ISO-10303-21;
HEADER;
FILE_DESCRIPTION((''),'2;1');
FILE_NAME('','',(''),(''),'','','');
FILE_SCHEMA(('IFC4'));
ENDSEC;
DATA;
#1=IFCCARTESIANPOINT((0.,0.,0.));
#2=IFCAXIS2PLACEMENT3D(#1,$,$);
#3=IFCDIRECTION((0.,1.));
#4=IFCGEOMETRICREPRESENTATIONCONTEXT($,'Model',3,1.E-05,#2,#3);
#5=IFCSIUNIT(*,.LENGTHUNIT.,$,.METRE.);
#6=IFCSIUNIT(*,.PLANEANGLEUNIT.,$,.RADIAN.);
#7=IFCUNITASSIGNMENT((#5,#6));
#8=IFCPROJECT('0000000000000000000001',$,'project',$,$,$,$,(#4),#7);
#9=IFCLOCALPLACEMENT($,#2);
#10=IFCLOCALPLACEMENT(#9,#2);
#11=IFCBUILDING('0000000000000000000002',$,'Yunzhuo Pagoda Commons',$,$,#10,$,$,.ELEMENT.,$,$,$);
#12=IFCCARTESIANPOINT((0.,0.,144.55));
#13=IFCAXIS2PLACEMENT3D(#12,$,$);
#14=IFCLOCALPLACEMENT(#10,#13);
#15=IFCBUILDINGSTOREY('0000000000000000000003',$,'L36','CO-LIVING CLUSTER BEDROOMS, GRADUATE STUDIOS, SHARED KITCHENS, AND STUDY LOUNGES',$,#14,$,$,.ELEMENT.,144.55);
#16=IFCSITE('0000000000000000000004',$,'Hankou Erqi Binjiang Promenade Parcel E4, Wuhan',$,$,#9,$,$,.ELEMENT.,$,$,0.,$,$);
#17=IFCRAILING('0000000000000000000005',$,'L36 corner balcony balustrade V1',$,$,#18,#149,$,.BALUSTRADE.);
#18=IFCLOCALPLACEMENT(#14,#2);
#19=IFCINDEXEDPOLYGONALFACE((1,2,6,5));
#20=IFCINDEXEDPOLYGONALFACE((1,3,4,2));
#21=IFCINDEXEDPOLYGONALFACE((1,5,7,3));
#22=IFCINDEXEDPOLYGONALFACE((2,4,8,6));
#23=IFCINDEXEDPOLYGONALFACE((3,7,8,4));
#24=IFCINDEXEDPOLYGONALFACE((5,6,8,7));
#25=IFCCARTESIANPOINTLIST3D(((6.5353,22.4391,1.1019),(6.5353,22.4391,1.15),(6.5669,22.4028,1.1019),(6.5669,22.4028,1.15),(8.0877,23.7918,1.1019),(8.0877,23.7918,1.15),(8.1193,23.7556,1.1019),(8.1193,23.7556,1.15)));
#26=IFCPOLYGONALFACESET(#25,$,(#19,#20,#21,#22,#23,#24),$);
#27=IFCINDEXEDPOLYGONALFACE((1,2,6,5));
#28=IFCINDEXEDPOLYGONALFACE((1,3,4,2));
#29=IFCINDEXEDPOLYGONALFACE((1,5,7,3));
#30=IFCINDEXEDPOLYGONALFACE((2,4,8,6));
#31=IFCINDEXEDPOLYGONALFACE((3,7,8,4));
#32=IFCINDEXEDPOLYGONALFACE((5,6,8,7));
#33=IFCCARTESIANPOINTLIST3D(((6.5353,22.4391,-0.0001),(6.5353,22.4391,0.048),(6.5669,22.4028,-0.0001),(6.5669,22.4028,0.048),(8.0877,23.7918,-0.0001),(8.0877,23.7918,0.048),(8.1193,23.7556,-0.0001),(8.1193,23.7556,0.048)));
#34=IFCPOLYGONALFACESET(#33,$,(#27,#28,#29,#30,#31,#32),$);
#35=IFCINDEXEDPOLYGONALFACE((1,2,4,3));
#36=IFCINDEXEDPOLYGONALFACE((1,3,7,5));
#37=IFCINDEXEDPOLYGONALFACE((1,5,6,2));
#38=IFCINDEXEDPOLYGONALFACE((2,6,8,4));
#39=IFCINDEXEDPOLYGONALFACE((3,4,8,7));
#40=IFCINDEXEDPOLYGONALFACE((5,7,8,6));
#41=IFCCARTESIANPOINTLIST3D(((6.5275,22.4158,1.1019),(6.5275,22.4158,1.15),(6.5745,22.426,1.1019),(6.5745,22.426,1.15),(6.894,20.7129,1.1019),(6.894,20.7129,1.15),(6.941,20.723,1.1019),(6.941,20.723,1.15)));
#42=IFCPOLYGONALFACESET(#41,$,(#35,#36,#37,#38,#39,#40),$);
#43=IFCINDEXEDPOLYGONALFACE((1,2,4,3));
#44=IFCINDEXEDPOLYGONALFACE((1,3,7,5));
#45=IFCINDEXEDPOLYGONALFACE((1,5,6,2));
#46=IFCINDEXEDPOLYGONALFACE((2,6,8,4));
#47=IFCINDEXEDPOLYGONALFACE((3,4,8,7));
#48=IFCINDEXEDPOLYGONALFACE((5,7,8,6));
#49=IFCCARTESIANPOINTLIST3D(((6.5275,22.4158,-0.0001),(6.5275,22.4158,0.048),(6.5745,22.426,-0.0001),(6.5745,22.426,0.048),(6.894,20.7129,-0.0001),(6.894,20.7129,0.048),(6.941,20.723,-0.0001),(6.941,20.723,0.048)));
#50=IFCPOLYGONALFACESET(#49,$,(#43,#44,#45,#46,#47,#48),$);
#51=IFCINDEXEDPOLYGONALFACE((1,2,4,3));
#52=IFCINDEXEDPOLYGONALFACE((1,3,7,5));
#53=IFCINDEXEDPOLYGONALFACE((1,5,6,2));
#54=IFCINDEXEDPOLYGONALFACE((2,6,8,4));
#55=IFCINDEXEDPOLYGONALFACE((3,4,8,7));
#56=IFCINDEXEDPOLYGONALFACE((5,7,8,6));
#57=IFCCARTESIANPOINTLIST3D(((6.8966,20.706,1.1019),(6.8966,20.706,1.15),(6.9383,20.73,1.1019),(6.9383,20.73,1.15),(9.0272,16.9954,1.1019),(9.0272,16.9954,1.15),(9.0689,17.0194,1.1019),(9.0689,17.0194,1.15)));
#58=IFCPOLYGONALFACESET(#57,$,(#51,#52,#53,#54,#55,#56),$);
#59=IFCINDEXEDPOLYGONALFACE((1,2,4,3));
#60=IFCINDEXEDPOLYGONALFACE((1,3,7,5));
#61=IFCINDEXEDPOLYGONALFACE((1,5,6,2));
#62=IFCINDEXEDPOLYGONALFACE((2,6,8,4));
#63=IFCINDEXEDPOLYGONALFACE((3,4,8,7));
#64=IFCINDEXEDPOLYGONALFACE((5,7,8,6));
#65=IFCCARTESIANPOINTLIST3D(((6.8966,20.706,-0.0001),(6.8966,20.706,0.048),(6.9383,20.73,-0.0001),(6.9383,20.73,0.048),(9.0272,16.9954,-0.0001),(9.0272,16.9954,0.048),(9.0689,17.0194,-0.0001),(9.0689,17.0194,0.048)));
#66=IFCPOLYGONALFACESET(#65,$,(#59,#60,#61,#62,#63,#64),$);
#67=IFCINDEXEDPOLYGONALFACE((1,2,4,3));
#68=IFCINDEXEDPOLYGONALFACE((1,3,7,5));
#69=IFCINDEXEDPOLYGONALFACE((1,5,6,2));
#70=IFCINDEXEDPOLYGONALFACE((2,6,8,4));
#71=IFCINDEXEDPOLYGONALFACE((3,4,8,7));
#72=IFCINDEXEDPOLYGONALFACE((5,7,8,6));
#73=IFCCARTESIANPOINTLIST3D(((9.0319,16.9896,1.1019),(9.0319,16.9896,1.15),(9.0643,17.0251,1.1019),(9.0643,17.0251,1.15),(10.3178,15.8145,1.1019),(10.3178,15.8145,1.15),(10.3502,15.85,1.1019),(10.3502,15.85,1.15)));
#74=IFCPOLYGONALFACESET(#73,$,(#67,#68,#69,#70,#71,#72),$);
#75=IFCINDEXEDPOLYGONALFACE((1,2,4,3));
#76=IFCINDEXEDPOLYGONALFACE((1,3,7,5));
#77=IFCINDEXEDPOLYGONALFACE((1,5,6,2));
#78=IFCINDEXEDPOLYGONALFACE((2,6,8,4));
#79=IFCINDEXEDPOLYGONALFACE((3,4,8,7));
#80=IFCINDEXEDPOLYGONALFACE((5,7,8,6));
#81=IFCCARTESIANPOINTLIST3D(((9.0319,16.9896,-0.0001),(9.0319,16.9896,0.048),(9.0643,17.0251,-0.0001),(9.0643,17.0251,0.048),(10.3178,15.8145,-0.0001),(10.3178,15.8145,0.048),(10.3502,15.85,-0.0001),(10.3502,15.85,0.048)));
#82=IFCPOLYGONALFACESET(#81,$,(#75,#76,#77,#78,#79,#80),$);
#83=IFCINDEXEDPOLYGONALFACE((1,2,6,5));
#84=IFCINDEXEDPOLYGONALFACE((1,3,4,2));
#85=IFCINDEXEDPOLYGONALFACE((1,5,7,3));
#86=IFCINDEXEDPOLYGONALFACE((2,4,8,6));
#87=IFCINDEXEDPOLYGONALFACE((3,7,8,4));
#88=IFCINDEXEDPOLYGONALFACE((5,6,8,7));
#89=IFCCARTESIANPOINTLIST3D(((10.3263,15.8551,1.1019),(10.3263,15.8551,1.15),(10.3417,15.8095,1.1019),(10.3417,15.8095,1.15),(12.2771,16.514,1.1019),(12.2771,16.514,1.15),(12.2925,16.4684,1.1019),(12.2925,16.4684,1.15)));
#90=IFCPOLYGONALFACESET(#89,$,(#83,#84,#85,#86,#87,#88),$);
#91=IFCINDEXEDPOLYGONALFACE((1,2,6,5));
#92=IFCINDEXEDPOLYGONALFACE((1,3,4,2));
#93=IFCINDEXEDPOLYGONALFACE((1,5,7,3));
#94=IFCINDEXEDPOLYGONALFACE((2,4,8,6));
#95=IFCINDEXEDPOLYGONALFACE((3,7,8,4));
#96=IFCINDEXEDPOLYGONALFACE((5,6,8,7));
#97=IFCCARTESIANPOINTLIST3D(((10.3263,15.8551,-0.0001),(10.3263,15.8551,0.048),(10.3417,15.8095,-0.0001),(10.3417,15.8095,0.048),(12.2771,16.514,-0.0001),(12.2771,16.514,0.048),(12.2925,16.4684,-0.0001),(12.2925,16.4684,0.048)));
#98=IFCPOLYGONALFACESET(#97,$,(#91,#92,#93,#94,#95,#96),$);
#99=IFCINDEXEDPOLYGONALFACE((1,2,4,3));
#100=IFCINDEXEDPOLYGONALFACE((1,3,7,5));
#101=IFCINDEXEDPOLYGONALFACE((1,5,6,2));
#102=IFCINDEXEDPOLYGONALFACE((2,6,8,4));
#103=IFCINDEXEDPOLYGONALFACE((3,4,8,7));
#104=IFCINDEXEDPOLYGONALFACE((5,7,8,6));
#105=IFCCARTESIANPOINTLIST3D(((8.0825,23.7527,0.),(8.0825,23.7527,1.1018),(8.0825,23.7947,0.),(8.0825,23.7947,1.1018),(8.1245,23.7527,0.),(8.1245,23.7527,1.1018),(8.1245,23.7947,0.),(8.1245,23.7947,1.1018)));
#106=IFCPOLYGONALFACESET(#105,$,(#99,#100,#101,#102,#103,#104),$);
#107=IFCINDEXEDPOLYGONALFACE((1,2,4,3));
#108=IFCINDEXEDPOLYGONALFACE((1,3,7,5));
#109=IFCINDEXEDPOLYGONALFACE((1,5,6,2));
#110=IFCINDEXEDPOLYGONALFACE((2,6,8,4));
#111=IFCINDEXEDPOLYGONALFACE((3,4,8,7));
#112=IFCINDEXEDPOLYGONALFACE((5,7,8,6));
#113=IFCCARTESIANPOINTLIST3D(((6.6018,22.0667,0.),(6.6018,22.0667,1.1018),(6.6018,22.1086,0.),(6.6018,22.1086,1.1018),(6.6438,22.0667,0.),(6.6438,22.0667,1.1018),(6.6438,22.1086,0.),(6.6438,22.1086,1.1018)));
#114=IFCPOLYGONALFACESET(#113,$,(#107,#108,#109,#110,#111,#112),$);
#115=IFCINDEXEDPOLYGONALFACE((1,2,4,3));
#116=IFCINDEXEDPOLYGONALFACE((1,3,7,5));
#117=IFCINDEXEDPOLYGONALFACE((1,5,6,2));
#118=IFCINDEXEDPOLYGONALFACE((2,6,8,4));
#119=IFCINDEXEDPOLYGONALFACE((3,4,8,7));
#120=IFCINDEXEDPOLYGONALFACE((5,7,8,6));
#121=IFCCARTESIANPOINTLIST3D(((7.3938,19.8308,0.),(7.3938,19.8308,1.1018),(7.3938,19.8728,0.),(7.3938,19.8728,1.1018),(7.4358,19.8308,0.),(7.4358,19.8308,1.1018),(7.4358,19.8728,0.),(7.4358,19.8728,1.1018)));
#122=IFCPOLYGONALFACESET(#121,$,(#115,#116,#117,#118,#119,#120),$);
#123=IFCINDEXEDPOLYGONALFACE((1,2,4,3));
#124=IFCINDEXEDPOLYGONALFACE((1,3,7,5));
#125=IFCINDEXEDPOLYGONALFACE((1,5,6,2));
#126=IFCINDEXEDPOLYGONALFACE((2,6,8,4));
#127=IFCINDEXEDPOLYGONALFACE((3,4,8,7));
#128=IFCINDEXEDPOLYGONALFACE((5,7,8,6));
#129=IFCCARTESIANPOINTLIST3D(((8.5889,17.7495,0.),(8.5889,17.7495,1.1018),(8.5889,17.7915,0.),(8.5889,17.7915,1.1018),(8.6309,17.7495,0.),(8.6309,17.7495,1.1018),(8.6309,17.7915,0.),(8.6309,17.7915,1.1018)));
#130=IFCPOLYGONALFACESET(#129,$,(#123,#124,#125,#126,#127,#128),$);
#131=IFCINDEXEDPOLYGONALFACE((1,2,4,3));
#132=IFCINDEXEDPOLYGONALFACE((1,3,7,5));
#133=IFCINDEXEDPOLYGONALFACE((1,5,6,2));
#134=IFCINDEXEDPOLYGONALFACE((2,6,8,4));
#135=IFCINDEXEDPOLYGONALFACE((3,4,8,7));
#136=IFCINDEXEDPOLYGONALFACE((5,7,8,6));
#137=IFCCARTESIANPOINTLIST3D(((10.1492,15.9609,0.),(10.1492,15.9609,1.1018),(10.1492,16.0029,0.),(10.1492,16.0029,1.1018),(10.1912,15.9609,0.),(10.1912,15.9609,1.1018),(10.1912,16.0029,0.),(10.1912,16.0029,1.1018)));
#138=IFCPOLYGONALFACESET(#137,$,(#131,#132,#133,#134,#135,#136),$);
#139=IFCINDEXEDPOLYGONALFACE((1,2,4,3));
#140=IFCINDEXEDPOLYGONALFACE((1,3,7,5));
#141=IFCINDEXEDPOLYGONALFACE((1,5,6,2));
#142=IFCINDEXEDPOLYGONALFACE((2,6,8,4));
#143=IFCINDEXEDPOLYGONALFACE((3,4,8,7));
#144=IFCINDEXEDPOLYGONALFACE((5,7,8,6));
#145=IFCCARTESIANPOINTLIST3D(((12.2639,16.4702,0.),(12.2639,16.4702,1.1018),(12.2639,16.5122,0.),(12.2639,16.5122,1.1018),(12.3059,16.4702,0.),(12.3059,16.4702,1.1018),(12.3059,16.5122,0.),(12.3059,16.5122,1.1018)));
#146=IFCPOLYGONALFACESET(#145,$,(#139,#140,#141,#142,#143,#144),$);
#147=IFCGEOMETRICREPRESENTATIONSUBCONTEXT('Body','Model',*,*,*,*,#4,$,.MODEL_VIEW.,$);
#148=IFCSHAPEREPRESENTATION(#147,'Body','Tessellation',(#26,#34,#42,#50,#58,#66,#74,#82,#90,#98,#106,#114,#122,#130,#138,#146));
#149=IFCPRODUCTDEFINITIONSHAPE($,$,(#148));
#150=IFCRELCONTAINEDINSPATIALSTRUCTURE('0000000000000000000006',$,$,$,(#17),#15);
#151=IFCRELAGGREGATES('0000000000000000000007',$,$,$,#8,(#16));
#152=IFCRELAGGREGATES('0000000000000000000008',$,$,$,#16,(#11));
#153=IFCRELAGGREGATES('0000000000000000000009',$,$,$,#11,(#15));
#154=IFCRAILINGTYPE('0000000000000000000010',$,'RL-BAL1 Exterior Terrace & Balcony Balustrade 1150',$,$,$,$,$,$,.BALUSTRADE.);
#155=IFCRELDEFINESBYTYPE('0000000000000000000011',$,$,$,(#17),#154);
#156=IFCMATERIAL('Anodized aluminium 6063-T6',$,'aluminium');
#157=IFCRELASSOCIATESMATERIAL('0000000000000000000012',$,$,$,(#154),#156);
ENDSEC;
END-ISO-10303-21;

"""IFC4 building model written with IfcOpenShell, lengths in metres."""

from ifc_helpers import new_model, si_unit, direction, frame, origin, origin_2d, place, context, subcontext, project, spatial, rectangle, extrude, material, type_object, element, save


model = new_model("IFC4")

# Units and contexts
model_context = context("Model", 3, precision=1e-05, world=origin(), true_north=direction((0.0, 1.0)))
body_context = subcontext(model_context, "Body", "Model", "MODEL_VIEW")
ifc_project = project(units=[si_unit("LENGTHUNIT", "METRE"), si_unit("PLANEANGLEUNIT", "RADIAN")], contexts=[model_context])

# Site, building, storey
site_placement = place(None, origin())
site = spatial("IfcSite", under=ifc_project, at=site_placement, Name="Hankou Erqi Binjiang Promenade Parcel E4, Wuhan", CompositionType="ELEMENT", RefElevation=0.0)
building_placement = place(site_placement, origin())
building = spatial("IfcBuilding", under=site, at=building_placement, Name="Yunzhuo Pagoda Commons", CompositionType="ELEMENT")
storey_placement = place(building_placement, frame((0.0, 0.0, 144.55)))
storey = spatial("IfcBuildingStorey", under=building, at=storey_placement, Name="L36", Description="CO-LIVING CLUSTER BEDROOMS, GRADUATE STUDIOS, SHARED KITCHENS, AND STUDY LOUNGES", CompositionType="ELEMENT", Elevation=144.55)

# Shared definitions
ifc_material_1 = material(Name="Anodized aluminium 6063-T6", Category="aluminium")

# Railing
railing_type = type_object("IfcRailingType", Name="RL-BAL1 Exterior Terrace & Balcony Balustrade 1150", PredefinedType="BALUSTRADE", material=ifc_material_1)
railing_placement = place(storey_placement, frame((8.1035, 23.7737, 0.0)))
element("IfcRailing", 1, at=railing_placement, inside=storey, type_object=railing_type, Name="L36 corner balcony balustrade V1", PredefinedType="BALUSTRADE", context=body_context, shape_type="SweptSolid", body=[
    extrude(rectangle(XDim=0.0481, YDim=0.0481, at=origin_2d()), frame((0.0, 0.0, 1.126), z_axis=(-0.753934, -0.65695, 0.0), x_axis=(0.65695, -0.753934, 0.0)), (0.0, 0.0, 1.0), 2.0591),
    extrude(rectangle(XDim=0.0481, YDim=0.0481, at=origin_2d()), frame((0.0, 0.0, 0.0239), z_axis=(-0.753934, -0.65695, 0.0), x_axis=(0.65695, -0.753934, 0.0)), (0.0, 0.0, 1.0), 2.0591),
    extrude(rectangle(XDim=0.0481, YDim=0.0481, at=origin_2d()), frame((-1.5525, -1.3528, 1.126), z_axis=(0.210381, -0.977619, 0.0), x_axis=(0.977619, 0.210381, 0.0)), (0.0, 0.0, 1.0), 1.7419),
    extrude(rectangle(XDim=0.0481, YDim=0.0481, at=origin_2d()), frame((-1.5525, -1.3528, 0.0239), z_axis=(0.210381, -0.977619, 0.0), x_axis=(0.977619, 0.210381, 0.0)), (0.0, 0.0, 1.0), 1.7419),
    extrude(rectangle(XDim=0.0481, YDim=0.0481, at=origin_2d()), frame((-1.186, -3.0557, 1.126), z_axis=(0.497938, -0.867212, 0.0), x_axis=(0.867212, 0.497938, 0.0)), (0.0, 0.0, 1.0), 4.2788),
    extrude(rectangle(XDim=0.0481, YDim=0.0481, at=origin_2d()), frame((-1.186, -3.0557, 0.0239), z_axis=(0.497938, -0.867212, 0.0), x_axis=(0.867212, 0.497938, 0.0)), (0.0, 0.0, 1.0), 4.2788),
    extrude(rectangle(XDim=0.0481, YDim=0.0481, at=origin_2d()), frame((0.9446, -6.7664, 1.126), z_axis=(0.738206, -0.674575, 0.0), x_axis=(0.674575, 0.738206, 0.0)), (0.0, 0.0, 1.0), 1.7419),
    extrude(rectangle(XDim=0.0481, YDim=0.0481, at=origin_2d()), frame((0.9446, -6.7664, 0.0239), z_axis=(0.738206, -0.674575, 0.0), x_axis=(0.674575, 0.738206, 0.0)), (0.0, 0.0, 1.0), 1.7419),
    extrude(rectangle(XDim=0.0481, YDim=0.0481, at=origin_2d()), frame((2.2305, -7.9414, 1.126), z_axis=(0.947419, 0.319996, 0.0), x_axis=(-0.319996, 0.947419, 0.0)), (0.0, 0.0, 1.0), 2.0591),
    extrude(rectangle(XDim=0.0481, YDim=0.0481, at=origin_2d()), frame((2.2305, -7.9414, 0.0239), z_axis=(0.947419, 0.319996, 0.0), x_axis=(-0.319996, 0.947419, 0.0)), (0.0, 0.0, 1.0), 2.0591),
    extrude(rectangle(XDim=0.042, YDim=0.042, at=origin_2d()), origin(), (0.0, 0.0, 1.0), 1.1018),
    extrude(rectangle(XDim=0.042, YDim=0.042, at=origin_2d()), frame((-1.4807, -1.686, 0.0)), (0.0, 0.0, 1.0), 1.1018),
    extrude(rectangle(XDim=0.042, YDim=0.042, at=origin_2d()), frame((-0.6887, -3.9219, 0.0)), (0.0, 0.0, 1.0), 1.1018),
    extrude(rectangle(XDim=0.042, YDim=0.042, at=origin_2d()), frame((0.5063, -6.0032, 0.0)), (0.0, 0.0, 1.0), 1.1018),
    extrude(rectangle(XDim=0.042, YDim=0.042, at=origin_2d()), frame((2.0667, -7.7917, 0.0)), (0.0, 0.0, 1.0), 1.1018),
    extrude(rectangle(XDim=0.042, YDim=0.042, at=origin_2d()), frame((4.1814, -7.2825, 0.0)), (0.0, 0.0, 1.0), 1.1018),
])

save(model, "model.ifc")
